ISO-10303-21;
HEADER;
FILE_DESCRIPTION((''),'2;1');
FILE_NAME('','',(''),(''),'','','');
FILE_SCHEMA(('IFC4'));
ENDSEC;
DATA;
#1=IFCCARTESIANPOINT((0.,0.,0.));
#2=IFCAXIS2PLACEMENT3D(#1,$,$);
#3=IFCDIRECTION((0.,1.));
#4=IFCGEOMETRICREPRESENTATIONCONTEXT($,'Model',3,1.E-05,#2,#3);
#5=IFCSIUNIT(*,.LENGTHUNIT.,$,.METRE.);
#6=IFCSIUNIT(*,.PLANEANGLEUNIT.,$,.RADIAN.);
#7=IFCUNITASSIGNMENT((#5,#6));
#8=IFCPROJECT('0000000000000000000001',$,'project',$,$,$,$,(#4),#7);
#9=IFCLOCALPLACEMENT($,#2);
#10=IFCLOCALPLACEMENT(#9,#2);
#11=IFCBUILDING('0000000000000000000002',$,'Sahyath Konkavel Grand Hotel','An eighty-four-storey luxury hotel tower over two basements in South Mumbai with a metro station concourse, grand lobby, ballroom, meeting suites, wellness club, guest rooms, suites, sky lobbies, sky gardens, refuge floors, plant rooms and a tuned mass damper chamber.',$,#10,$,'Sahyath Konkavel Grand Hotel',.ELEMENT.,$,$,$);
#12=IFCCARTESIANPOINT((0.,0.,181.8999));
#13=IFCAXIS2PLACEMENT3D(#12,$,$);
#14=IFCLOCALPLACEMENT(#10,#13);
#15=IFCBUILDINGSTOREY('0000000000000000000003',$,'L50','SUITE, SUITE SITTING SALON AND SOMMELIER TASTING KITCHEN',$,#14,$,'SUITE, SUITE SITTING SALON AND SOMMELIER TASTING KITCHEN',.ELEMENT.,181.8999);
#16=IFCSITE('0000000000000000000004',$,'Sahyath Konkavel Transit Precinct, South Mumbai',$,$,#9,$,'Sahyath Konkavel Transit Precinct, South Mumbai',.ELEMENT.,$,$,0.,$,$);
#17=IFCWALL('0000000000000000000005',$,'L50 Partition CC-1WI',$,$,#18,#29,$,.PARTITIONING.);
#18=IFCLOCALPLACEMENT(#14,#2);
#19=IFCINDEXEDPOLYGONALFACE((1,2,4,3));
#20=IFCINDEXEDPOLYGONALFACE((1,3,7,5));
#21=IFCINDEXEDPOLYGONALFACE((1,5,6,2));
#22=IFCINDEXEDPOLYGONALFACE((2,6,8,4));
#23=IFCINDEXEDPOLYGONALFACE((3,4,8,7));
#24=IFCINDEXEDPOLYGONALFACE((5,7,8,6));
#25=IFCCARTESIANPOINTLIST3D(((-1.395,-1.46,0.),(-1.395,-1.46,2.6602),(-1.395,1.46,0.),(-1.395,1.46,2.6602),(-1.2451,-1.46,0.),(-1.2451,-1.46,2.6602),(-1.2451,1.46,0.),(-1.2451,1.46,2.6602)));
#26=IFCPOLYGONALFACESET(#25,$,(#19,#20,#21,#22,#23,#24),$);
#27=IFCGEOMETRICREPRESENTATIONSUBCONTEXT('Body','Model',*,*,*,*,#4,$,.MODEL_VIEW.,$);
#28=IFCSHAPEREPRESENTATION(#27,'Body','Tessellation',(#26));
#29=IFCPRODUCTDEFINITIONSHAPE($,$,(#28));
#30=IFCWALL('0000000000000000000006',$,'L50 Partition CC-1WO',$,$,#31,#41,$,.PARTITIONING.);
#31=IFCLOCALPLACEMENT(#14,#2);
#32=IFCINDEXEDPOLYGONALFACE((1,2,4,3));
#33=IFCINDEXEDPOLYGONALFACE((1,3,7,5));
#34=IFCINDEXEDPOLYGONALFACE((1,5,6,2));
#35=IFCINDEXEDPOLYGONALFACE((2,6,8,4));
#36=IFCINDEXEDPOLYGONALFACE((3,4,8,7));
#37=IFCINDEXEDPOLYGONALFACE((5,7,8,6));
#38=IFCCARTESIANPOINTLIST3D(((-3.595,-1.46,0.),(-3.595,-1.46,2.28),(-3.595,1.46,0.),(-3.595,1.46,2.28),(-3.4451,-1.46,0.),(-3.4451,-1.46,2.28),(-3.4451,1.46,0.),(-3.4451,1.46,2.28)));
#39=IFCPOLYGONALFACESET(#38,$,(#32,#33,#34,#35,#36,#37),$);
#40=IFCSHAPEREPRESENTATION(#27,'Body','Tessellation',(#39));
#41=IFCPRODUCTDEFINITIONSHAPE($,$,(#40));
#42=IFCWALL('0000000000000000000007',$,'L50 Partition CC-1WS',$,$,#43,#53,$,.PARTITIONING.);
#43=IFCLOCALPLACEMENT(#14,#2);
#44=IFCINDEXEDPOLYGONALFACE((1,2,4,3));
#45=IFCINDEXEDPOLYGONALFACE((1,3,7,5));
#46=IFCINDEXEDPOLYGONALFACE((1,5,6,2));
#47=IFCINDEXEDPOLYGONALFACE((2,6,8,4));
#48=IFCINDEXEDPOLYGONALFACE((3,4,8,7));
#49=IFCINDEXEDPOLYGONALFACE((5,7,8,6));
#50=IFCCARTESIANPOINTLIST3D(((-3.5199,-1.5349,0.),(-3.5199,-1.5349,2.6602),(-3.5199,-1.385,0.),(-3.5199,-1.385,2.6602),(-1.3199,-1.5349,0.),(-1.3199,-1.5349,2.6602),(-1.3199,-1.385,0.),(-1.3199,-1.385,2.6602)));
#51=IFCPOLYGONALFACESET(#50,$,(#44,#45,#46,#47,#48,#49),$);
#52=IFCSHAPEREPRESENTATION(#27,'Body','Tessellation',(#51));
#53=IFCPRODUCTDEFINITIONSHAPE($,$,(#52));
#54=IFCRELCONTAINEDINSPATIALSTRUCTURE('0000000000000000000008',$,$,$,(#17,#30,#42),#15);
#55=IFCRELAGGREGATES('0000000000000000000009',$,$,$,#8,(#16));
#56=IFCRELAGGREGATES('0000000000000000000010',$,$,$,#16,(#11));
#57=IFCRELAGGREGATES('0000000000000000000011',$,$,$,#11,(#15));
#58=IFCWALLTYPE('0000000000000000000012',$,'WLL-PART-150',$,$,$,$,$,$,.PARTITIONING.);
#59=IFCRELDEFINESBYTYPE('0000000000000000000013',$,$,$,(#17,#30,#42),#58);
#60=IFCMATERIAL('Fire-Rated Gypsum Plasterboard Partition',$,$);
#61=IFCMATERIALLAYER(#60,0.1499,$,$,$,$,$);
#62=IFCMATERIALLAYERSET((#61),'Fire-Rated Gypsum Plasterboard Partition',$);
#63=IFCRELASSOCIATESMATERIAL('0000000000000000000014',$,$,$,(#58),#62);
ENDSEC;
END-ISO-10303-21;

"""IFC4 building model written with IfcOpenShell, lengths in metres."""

from ifc_helpers import new_model, si_unit, direction, frame, frame_2d, origin, place, context, subcontext, project, spatial, rectangle, extrude, material, layer, layer_set, type_object, element, save


model = new_model("IFC4")

# Units and contexts
model_context = context("Model", 3, precision=1e-05, world=origin(), true_north=direction((0.0, 1.0)))
body_context = subcontext(model_context, "Body", "Model", "MODEL_VIEW")
ifc_project = project(units=[si_unit("LENGTHUNIT", "METRE"), si_unit("PLANEANGLEUNIT", "RADIAN")], contexts=[model_context])

# Site, building, storey
site_placement = place(None, origin())
site = spatial("IfcSite", under=ifc_project, at=site_placement, Name="Sahyath Konkavel Transit Precinct, South Mumbai", LongName="Sahyath Konkavel Transit Precinct, South Mumbai", CompositionType="ELEMENT", RefElevation=0.0)
building_placement = place(site_placement, origin())
building = spatial("IfcBuilding", under=site, at=building_placement, Name="Sahyath Konkavel Grand Hotel", Description="An eighty-four-storey luxury hotel tower over two basements in South Mumbai with a metro station concourse, grand lobby, ballroom, meeting suites, wellness club, guest rooms, suites, sky lobbies, sky gardens, refuge floors, plant rooms and a tuned mass damper chamber.", LongName="Sahyath Konkavel Grand Hotel", CompositionType="ELEMENT")
storey_placement = place(building_placement, frame((0.0, 0.0, 181.8999)))
storey = spatial("IfcBuildingStorey", under=building, at=storey_placement, Name="L50", Description="SUITE, SUITE SITTING SALON AND SOMMELIER TASTING KITCHEN", LongName="SUITE, SUITE SITTING SALON AND SOMMELIER TASTING KITCHEN", CompositionType="ELEMENT", Elevation=181.8999)

# Walls
ifc_material_1 = material(Name="Fire-Rated Gypsum Plasterboard Partition")
ifc_layer_1 = layer(ifc_material_1, 0.1499)
ifc_layer_set_1 = layer_set([ifc_layer_1], Name="Fire-Rated Gypsum Plasterboard Partition")
wall_type_1 = type_object("IfcWallType", Name="WLL-PART-150", PredefinedType="PARTITIONING", material=ifc_layer_set_1)
wall_1_placement = place(storey_placement, frame((-1.3201, -1.46, 0.0), z_axis=(0.0, 0.0, 1.0), x_axis=(0.0, 1.0, 0.0)))
element("IfcWall", 1, at=wall_1_placement, inside=storey, type_object=wall_type_1, Name="L50 Partition CC-1WI", PredefinedType="PARTITIONING", context=body_context, shape_type="SweptSolid", body=[
    extrude(rectangle(XDim=2.9199, YDim=0.1499, at=frame_2d((1.46, 0.0))), origin(), (0.0, 0.0, 1.0), 2.6602),
])
wall_2_placement = place(storey_placement, frame((-3.52, -1.46, 0.0), z_axis=(0.0, 0.0, 1.0), x_axis=(0.0, 1.0, 0.0)))
element("IfcWall", 2, at=wall_2_placement, inside=storey, type_object=wall_type_1, Name="L50 Partition CC-1WO", PredefinedType="PARTITIONING", context=body_context, shape_type="SweptSolid", body=[
    extrude(rectangle(XDim=2.9199, YDim=0.1499, at=frame_2d((1.46, 0.0))), origin(), (0.0, 0.0, 1.0), 2.28),
])
wall_3_placement = place(storey_placement, frame((-3.52, -1.46, 0.0), z_axis=(0.0, 0.0, 1.0), x_axis=(1.0, 0.0, 0.0)))
element("IfcWall", 3, at=wall_3_placement, inside=storey, type_object=wall_type_1, Name="L50 Partition CC-1WS", PredefinedType="PARTITIONING", context=body_context, shape_type="SweptSolid", body=[
    extrude(rectangle(XDim=2.2, YDim=0.1499, at=frame_2d((1.1001, 0.0))), origin(), (0.0, 0.0, 1.0), 2.6602),
])

save(model, "model.ifc")
